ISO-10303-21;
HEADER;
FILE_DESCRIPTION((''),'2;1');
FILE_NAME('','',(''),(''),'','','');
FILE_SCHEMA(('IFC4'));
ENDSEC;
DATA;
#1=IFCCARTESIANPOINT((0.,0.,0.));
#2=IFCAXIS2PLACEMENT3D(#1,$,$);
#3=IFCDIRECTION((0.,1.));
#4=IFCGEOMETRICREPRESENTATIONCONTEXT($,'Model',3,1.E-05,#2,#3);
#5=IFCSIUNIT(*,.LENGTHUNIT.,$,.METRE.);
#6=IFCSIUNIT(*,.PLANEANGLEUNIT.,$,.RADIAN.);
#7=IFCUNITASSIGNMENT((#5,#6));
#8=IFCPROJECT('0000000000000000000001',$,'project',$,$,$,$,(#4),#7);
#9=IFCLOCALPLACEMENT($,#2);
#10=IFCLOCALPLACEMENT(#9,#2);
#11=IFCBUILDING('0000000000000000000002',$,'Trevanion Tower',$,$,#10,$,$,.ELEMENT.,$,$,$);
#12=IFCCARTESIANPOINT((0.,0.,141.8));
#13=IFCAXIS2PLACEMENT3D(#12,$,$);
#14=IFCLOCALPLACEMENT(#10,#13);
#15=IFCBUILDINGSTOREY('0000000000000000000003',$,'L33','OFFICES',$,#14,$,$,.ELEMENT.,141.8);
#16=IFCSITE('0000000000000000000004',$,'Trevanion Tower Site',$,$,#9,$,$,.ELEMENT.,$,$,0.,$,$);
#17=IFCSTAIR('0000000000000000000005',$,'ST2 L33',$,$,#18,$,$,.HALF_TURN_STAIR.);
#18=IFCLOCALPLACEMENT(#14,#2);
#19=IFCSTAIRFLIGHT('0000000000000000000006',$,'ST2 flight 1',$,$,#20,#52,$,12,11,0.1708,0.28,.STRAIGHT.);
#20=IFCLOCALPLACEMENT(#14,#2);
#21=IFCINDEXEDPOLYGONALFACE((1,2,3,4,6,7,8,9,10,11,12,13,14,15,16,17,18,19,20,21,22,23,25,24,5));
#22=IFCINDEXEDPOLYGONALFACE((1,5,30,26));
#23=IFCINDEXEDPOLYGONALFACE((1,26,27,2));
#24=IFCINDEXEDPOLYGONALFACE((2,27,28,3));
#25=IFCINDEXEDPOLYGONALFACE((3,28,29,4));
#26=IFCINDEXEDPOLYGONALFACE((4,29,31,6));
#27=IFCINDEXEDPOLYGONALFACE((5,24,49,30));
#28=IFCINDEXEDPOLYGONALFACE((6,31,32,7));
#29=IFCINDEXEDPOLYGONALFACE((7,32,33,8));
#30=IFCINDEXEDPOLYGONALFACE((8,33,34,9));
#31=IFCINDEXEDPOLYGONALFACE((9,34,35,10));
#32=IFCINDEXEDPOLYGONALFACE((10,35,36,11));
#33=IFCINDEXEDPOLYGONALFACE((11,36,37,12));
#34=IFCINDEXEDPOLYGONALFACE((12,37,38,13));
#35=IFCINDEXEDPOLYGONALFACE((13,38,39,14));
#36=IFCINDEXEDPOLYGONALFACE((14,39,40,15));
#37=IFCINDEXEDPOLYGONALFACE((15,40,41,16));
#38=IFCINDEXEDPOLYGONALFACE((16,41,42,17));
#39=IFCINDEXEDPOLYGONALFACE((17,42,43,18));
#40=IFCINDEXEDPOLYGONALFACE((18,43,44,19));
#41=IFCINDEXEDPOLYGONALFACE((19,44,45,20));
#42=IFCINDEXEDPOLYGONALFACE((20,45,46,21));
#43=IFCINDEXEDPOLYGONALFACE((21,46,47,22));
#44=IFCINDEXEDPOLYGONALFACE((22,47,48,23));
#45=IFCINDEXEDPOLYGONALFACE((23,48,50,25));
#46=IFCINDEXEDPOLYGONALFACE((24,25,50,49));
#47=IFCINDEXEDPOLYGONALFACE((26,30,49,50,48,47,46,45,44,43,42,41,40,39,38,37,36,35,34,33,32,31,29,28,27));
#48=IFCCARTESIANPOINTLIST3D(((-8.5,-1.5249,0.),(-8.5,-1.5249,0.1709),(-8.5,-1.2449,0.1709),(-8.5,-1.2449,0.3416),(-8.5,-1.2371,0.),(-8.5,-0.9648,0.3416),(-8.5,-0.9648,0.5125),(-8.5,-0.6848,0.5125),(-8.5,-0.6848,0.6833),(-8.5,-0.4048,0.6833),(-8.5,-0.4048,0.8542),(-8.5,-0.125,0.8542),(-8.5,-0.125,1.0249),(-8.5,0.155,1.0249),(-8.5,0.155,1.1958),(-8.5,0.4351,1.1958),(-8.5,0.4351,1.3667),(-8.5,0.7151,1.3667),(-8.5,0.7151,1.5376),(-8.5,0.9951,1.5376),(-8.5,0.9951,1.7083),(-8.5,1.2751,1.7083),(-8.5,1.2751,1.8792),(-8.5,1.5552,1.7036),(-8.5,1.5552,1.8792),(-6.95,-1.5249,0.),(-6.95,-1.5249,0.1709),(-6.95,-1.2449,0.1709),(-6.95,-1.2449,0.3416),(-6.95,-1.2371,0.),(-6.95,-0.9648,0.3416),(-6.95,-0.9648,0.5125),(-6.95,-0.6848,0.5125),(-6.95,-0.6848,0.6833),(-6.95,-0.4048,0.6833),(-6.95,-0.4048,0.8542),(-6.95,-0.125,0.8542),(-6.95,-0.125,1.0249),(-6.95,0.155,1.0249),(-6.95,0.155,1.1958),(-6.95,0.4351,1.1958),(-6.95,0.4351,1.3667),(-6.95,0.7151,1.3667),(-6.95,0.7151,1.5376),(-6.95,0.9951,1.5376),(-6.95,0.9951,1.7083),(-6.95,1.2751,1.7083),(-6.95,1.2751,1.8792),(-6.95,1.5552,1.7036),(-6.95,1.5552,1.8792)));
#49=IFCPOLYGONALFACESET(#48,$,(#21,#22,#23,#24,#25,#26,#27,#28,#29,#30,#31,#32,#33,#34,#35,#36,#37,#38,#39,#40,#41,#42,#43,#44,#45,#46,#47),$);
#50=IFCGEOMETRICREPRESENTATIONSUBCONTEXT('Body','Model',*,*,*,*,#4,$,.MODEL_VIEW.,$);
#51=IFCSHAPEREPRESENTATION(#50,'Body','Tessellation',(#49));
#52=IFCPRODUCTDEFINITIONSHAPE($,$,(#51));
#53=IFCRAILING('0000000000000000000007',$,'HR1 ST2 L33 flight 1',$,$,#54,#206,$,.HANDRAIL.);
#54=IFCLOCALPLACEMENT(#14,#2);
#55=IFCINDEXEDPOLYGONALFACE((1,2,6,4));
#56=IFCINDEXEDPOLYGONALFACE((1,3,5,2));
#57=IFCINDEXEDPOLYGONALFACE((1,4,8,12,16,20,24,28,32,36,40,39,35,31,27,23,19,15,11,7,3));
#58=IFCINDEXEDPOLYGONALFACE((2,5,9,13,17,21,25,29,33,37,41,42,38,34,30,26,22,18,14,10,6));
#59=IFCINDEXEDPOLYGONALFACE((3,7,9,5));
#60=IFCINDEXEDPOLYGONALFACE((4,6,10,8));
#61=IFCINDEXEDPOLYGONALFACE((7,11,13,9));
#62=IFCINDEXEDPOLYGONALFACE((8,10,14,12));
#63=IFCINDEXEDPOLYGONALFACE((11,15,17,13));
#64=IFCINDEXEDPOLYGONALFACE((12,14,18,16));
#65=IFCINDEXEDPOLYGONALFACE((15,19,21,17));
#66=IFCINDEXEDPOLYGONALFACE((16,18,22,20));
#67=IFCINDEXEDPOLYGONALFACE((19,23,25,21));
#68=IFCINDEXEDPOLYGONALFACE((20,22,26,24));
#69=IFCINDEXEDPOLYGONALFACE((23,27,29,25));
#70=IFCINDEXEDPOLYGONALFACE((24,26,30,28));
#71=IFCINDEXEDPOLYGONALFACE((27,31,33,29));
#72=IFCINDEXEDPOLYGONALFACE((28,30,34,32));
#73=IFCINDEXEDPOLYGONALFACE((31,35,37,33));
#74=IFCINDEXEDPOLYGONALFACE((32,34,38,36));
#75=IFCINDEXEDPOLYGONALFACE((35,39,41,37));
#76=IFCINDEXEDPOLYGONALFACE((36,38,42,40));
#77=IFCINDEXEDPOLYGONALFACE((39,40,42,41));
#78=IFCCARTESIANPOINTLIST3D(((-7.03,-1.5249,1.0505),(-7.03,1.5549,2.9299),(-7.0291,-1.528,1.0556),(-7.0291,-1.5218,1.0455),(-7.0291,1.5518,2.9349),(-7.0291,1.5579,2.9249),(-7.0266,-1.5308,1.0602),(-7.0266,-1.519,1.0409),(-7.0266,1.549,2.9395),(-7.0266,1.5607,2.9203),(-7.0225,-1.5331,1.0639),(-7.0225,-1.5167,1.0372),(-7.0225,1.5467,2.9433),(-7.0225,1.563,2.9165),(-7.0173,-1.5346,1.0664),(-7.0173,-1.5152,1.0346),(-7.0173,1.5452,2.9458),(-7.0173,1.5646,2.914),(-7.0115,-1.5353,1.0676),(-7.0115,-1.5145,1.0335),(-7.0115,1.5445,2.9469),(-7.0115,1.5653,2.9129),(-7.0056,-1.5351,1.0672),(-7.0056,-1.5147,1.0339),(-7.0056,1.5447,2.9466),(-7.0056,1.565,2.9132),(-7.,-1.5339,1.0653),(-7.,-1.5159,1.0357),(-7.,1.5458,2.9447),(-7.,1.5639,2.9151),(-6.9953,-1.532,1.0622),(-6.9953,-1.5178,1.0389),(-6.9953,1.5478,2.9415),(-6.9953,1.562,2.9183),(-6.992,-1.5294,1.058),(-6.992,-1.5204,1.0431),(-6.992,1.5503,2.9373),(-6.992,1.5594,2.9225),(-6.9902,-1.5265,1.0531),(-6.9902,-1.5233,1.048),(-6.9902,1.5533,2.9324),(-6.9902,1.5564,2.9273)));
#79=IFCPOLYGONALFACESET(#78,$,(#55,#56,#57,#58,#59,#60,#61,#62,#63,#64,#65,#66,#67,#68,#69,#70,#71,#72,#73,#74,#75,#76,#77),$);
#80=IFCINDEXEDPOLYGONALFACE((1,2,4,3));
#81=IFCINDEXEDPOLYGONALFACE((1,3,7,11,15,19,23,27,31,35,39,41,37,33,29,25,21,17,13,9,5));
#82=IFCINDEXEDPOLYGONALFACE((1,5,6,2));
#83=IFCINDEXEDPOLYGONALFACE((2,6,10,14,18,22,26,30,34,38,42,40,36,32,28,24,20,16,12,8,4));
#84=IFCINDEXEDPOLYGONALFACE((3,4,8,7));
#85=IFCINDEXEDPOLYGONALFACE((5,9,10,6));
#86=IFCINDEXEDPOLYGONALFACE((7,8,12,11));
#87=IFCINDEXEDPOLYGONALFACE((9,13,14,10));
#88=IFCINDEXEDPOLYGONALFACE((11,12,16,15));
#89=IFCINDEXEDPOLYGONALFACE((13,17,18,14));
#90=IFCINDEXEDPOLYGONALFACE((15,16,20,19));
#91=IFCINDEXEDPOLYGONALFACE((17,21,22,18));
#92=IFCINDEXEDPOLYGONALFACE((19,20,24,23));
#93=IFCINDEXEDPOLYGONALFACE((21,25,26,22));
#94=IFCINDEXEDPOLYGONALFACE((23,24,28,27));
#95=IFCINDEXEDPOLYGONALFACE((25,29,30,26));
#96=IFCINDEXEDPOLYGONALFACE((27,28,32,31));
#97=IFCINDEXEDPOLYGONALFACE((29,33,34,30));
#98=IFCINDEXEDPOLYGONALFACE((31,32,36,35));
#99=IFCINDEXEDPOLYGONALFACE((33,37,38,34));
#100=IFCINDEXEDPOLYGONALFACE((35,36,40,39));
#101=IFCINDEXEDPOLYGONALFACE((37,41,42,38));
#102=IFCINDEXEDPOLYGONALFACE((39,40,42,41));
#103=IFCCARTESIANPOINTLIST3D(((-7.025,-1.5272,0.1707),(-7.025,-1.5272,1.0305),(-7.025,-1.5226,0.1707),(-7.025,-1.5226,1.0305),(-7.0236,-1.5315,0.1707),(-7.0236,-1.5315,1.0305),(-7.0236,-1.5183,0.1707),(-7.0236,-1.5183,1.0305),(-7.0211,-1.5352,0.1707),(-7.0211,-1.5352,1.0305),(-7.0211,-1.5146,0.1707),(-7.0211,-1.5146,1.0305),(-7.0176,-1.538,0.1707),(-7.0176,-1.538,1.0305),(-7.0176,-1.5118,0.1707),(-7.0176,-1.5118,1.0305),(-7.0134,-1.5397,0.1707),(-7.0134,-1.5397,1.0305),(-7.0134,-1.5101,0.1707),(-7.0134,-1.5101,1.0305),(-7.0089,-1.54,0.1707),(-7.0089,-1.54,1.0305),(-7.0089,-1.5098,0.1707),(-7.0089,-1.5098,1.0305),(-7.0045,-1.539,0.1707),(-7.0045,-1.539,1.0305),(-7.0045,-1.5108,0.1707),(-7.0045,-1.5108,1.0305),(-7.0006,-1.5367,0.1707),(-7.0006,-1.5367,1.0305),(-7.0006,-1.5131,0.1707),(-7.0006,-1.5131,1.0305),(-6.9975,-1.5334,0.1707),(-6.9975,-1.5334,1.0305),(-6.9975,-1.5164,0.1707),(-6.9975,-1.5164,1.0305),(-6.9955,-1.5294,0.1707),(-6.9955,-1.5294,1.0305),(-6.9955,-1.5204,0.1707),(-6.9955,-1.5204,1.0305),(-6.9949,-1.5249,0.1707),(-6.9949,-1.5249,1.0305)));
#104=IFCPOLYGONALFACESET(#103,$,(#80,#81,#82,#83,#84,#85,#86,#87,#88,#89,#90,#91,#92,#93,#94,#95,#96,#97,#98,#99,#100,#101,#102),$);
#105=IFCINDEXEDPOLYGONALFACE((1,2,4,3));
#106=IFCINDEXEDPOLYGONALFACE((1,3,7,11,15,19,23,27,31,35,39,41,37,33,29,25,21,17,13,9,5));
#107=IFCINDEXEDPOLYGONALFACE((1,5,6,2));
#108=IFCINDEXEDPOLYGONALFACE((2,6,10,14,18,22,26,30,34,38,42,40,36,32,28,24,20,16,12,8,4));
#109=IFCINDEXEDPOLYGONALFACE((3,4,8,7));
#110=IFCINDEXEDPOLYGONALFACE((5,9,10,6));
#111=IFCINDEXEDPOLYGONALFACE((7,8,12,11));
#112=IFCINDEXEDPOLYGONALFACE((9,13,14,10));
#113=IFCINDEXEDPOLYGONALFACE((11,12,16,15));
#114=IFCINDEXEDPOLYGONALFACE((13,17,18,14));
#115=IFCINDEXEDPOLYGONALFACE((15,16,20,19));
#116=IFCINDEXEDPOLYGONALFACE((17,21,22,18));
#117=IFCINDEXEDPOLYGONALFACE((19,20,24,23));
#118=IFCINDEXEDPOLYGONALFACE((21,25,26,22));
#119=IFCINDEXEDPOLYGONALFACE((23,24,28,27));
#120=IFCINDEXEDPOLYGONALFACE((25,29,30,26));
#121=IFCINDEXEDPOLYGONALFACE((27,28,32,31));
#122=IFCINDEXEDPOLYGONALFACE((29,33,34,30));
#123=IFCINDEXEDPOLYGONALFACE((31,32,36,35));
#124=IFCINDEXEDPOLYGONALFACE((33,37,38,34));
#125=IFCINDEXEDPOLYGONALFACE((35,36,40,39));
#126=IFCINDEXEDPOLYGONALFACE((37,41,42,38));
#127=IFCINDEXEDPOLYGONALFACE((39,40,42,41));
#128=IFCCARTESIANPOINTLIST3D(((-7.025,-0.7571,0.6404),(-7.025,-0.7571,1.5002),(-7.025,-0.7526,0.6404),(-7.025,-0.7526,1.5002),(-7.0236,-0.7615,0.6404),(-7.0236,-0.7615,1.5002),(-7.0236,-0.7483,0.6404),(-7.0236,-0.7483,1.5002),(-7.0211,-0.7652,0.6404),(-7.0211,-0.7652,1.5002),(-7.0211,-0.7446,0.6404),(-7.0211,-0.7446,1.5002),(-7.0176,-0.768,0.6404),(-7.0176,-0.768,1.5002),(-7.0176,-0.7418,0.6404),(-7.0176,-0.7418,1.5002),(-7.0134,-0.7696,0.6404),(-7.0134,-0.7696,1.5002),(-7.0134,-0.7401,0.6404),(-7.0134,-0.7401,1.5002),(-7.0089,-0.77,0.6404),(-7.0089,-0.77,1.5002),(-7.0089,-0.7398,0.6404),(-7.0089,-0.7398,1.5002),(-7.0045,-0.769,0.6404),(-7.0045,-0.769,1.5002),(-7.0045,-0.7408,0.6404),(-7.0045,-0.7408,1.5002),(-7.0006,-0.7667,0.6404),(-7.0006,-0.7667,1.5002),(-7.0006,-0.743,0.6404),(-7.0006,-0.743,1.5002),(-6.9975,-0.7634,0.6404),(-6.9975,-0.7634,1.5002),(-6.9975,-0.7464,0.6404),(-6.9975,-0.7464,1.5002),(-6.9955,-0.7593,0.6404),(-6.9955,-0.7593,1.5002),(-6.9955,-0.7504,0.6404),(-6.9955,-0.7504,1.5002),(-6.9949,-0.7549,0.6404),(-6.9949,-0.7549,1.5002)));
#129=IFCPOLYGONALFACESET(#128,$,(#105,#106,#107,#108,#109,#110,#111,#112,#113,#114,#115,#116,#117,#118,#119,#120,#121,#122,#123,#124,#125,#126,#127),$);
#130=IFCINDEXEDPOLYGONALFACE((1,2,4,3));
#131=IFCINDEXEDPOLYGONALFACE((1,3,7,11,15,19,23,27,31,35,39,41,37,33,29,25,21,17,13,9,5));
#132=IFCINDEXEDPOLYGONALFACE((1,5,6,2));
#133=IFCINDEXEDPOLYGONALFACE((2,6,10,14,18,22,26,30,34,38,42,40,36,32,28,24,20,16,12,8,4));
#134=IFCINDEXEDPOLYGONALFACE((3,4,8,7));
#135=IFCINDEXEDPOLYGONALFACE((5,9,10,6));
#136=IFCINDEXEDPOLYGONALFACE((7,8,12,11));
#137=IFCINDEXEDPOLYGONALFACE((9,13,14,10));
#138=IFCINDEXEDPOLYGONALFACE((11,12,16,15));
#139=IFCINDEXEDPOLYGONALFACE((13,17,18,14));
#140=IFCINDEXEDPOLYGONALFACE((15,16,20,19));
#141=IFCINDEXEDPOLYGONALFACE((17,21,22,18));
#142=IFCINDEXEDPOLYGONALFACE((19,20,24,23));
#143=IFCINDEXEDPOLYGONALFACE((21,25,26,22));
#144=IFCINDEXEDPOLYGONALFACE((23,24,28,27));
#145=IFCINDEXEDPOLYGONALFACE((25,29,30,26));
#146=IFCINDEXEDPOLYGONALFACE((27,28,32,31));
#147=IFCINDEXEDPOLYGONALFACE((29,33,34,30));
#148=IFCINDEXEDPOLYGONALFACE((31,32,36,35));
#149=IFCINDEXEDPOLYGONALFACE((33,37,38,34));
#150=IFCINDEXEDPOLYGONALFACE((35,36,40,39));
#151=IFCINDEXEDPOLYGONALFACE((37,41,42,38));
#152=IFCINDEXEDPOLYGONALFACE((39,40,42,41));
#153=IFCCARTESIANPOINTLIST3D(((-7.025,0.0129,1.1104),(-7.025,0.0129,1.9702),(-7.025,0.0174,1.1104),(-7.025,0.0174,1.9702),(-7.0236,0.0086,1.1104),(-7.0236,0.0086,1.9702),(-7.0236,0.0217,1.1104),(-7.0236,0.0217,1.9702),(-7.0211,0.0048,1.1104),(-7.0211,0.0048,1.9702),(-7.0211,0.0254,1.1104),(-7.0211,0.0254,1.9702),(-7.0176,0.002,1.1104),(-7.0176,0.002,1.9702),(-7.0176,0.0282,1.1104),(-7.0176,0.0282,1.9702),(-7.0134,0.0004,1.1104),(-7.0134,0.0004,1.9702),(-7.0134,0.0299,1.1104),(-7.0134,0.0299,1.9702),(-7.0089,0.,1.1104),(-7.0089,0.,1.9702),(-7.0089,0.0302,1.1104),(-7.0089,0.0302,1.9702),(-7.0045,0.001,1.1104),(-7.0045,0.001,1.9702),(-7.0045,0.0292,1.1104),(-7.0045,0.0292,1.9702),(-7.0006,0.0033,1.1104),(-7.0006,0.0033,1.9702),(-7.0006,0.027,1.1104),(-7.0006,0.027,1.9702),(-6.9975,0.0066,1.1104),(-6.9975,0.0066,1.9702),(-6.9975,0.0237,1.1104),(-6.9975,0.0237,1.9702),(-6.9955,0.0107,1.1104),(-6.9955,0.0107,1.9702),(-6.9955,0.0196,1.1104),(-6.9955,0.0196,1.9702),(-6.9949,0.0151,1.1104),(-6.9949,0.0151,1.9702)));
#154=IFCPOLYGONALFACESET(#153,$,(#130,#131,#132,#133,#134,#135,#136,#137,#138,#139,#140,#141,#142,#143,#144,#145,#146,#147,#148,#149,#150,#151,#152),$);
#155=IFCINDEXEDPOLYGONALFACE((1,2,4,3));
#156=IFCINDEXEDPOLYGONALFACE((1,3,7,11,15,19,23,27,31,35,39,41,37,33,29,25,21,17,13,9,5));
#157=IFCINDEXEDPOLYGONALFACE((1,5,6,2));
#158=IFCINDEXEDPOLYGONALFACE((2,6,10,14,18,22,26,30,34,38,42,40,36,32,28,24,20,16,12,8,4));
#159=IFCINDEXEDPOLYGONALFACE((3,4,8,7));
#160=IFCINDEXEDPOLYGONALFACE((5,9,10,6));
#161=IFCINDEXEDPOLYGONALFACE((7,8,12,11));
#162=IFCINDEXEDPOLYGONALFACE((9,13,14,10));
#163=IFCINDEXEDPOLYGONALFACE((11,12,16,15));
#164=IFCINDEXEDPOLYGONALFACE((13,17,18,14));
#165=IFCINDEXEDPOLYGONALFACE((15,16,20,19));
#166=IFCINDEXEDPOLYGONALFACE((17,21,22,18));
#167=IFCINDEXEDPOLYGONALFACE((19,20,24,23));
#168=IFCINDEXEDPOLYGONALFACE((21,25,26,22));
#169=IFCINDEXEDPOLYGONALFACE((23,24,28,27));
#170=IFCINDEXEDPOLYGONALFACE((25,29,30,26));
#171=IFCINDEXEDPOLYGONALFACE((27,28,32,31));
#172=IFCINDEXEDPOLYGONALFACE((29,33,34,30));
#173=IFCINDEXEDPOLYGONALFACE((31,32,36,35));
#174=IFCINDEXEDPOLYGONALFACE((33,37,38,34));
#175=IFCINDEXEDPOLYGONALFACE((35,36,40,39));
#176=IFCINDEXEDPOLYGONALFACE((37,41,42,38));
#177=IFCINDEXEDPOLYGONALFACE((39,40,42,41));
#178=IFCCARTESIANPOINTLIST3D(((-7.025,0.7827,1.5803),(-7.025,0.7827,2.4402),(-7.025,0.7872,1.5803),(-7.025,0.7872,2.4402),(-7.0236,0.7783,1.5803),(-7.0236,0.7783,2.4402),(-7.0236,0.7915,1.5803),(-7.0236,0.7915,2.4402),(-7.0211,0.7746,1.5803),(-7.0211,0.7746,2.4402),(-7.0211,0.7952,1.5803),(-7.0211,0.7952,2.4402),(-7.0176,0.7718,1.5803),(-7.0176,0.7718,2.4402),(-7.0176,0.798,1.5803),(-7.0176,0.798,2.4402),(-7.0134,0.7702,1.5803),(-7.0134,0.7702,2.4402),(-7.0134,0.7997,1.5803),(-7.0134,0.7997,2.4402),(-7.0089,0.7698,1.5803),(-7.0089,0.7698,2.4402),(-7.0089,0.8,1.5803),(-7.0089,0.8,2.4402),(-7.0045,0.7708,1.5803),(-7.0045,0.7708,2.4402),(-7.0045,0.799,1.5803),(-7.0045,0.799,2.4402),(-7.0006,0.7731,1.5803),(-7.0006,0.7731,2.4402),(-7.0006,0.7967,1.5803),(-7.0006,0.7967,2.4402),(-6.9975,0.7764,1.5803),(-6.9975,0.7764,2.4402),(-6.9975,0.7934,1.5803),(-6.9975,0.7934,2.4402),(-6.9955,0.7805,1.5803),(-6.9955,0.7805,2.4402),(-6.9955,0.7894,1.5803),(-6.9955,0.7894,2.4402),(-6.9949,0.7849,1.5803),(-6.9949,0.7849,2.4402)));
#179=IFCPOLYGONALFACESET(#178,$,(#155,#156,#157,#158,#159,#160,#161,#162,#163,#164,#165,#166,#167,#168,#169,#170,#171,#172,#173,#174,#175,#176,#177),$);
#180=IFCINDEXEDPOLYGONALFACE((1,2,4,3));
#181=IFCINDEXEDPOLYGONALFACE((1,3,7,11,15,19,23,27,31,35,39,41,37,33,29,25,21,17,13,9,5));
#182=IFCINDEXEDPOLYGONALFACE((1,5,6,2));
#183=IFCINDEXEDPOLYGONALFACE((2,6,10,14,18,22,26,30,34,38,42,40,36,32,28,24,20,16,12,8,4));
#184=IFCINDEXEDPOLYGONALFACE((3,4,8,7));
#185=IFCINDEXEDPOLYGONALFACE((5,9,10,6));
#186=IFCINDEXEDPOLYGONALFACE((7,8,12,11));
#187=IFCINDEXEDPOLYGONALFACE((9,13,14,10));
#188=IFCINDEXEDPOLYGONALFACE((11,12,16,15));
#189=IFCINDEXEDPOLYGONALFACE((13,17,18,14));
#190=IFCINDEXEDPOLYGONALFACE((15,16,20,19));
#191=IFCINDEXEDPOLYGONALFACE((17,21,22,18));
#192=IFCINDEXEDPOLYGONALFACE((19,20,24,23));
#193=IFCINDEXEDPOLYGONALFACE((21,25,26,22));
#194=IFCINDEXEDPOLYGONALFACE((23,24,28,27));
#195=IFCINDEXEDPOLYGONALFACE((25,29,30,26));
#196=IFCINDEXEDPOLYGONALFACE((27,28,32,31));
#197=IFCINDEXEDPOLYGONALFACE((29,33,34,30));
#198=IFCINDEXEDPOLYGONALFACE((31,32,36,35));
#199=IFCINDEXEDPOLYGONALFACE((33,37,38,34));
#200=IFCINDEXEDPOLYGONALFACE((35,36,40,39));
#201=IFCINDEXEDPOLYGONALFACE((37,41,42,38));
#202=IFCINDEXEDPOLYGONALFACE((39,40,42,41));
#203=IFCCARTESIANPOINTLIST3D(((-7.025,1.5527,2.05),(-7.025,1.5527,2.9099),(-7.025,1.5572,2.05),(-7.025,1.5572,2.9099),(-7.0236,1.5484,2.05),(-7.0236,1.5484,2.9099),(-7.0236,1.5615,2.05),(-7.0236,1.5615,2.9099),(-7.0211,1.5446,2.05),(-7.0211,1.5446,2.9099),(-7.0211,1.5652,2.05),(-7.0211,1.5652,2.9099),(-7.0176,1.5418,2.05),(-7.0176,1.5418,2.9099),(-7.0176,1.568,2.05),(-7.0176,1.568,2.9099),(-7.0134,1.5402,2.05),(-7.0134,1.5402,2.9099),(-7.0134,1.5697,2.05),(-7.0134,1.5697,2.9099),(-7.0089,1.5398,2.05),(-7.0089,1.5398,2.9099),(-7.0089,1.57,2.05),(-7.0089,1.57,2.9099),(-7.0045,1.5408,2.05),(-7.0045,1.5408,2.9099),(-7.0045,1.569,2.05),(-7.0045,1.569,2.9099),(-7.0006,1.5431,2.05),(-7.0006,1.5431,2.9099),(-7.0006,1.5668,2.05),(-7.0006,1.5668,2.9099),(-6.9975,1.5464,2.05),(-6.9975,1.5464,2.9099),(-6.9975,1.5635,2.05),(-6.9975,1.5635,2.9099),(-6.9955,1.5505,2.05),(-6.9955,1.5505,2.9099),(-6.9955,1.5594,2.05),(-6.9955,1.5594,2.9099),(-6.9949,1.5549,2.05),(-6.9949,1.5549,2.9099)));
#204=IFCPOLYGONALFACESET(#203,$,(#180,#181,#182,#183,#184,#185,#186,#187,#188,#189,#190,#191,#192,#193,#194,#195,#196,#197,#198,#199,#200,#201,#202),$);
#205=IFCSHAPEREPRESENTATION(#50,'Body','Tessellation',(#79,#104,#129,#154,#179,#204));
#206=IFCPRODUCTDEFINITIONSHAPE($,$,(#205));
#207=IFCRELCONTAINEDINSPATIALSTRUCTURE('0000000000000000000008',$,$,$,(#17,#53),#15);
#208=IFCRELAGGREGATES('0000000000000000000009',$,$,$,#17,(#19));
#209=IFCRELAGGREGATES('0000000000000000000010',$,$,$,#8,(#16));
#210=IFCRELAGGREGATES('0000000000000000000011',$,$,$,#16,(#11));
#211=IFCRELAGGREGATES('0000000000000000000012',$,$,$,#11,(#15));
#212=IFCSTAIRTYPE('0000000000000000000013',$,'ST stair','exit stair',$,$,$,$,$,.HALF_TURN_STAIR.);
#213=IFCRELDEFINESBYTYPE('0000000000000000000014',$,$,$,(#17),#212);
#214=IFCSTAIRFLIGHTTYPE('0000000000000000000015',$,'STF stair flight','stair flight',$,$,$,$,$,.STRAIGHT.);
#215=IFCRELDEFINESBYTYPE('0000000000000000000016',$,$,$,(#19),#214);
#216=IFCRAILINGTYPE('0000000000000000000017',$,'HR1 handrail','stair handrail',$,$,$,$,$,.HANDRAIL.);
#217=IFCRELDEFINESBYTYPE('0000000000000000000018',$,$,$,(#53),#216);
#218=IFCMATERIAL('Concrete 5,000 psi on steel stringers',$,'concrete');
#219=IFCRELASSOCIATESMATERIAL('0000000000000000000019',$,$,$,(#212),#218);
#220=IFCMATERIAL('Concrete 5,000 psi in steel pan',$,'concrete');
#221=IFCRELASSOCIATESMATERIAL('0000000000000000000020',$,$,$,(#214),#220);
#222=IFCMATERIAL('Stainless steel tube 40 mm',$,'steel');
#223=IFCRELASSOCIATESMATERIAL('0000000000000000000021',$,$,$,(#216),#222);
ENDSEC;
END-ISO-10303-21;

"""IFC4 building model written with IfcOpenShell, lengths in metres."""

from ifc_helpers import new_model, si_unit, direction, frame, origin, origin_2d, place, context, subcontext, project, spatial, polyline, circle, outline, extrude, material, type_object, element, aggregate, save


model = new_model("IFC4")

# Units and contexts
model_context = context("Model", 3, precision=1e-05, world=origin(), true_north=direction((0.0, 1.0)))
body_context = subcontext(model_context, "Body", "Model", "MODEL_VIEW")
ifc_project = project(units=[si_unit("LENGTHUNIT", "METRE"), si_unit("PLANEANGLEUNIT", "RADIAN")], contexts=[model_context])

# Site, building, storey
site_placement = place(None, origin())
site = spatial("IfcSite", under=ifc_project, at=site_placement, Name="Trevanion Tower Site", CompositionType="ELEMENT", RefElevation=0.0)
building_placement = place(site_placement, origin())
building = spatial("IfcBuilding", under=site, at=building_placement, Name="Trevanion Tower", CompositionType="ELEMENT")
storey_placement = place(building_placement, frame((0.0, 0.0, 141.8)))
storey = spatial("IfcBuildingStorey", under=building, at=storey_placement, Name="L33", Description="OFFICES", CompositionType="ELEMENT", Elevation=141.8)

# Stair, stair flight
ifc_material_1 = material(Name="Concrete 5,000 psi on steel stringers", Category="concrete")
stair_type = type_object("IfcStairType", Name="ST stair", Description="exit stair", PredefinedType="HALF_TURN_STAIR", material=ifc_material_1)
stair_placement = place(storey_placement, origin())
stair = element("IfcStair", 1, at=stair_placement, inside=storey, type_object=stair_type, Name="ST2 L33", PredefinedType="HALF_TURN_STAIR")
ifc_material_2 = material(Name="Concrete 5,000 psi in steel pan", Category="concrete")
stair_flight_type = type_object("IfcStairFlightType", Name="STF stair flight", Description="stair flight", PredefinedType="STRAIGHT", material=ifc_material_2)
stair_flight_placement = place(storey_placement, frame((-7.7251, -1.5249, 0.0), z_axis=(0.0, 0.0, 1.0), x_axis=(0.0, 1.0, 0.0)))
stair_flight = element("IfcStairFlight", 2, at=stair_flight_placement, type_object=stair_flight_type, Name="ST2 flight 1", NumberOfRisers=12, NumberOfTreads=11, PredefinedType="STRAIGHT", RiserHeight=0.1708, TreadLength=0.28, context=body_context, shape_type="SweptSolid", body=[
    extrude(outline(polyline([(0.0, 0.0), (0.0, 0.1709), (0.28, 0.1709), (0.28, 0.3416), (0.5601, 0.3416), (0.5601, 0.5125), (0.8401, 0.5125), (0.8401, 0.6833), (1.1201, 0.6833), (1.1201, 0.8542), (1.3999, 0.8542), (1.3999, 1.0249), (1.6799, 1.0249), (1.6799, 1.1958), (1.96, 1.1958), (1.96, 1.3667), (2.24, 1.3667), (2.24, 1.5376), (2.52, 1.5376), (2.52, 1.7083), (2.8, 1.7083), (2.8, 1.8792), (3.0801, 1.8792), (3.0801, 2.05), (3.0801, 1.7036), (0.2878, 0.0), (0.0, 0.0)])), frame((0.0, 0.7749, 0.0), z_axis=(0.0, -1.0, 0.0), x_axis=(1.0, 0.0, 0.0)), (0.0, 0.0, 1.0), 1.55),
])
aggregate(stair, [stair_flight])

# Railing
ifc_material_3 = material(Name="Stainless steel tube 40 mm", Category="steel")
railing_type = type_object("IfcRailingType", Name="HR1 handrail", Description="stair handrail", PredefinedType="HANDRAIL", material=ifc_material_3)
for number, where, name in (
    (3, (-7.01, -1.5249, 0.1707), "HR1 ST2 L33 flight 1"),
):
    element("IfcRailing", number, at=place(storey_placement, frame(where)), inside=storey, type_object=railing_type, Name=name, PredefinedType="HANDRAIL", context=body_context, shape_type="SweptSolid", body=[
        extrude(circle(Radius=0.02, at=origin_2d()), frame((0.0, 0.0, 0.8799), z_axis=(0.0, 0.853618, 0.5209), x_axis=(-1.0, 0.0, 0.0)), (0.0, 0.0, 1.0), 3.6079),
        extrude(circle(Radius=0.0151, at=origin_2d()), origin(), (0.0, 0.0, 1.0), 0.8599),
        extrude(circle(Radius=0.0151, at=origin_2d()), frame((0.0, 0.77, 0.4697)), (0.0, 0.0, 1.0), 0.8599),
        extrude(circle(Radius=0.0151, at=origin_2d()), frame((0.0, 1.54, 0.9397)), (0.0, 0.0, 1.0), 0.8599),
        extrude(circle(Radius=0.0151, at=origin_2d()), frame((0.0, 2.3098, 1.4097)), (0.0, 0.0, 1.0), 0.8599),
        extrude(circle(Radius=0.0151, at=origin_2d()), frame((0.0, 3.0798, 1.8794)), (0.0, 0.0, 1.0), 0.8599),
    ])

save(model, "model.ifc")
